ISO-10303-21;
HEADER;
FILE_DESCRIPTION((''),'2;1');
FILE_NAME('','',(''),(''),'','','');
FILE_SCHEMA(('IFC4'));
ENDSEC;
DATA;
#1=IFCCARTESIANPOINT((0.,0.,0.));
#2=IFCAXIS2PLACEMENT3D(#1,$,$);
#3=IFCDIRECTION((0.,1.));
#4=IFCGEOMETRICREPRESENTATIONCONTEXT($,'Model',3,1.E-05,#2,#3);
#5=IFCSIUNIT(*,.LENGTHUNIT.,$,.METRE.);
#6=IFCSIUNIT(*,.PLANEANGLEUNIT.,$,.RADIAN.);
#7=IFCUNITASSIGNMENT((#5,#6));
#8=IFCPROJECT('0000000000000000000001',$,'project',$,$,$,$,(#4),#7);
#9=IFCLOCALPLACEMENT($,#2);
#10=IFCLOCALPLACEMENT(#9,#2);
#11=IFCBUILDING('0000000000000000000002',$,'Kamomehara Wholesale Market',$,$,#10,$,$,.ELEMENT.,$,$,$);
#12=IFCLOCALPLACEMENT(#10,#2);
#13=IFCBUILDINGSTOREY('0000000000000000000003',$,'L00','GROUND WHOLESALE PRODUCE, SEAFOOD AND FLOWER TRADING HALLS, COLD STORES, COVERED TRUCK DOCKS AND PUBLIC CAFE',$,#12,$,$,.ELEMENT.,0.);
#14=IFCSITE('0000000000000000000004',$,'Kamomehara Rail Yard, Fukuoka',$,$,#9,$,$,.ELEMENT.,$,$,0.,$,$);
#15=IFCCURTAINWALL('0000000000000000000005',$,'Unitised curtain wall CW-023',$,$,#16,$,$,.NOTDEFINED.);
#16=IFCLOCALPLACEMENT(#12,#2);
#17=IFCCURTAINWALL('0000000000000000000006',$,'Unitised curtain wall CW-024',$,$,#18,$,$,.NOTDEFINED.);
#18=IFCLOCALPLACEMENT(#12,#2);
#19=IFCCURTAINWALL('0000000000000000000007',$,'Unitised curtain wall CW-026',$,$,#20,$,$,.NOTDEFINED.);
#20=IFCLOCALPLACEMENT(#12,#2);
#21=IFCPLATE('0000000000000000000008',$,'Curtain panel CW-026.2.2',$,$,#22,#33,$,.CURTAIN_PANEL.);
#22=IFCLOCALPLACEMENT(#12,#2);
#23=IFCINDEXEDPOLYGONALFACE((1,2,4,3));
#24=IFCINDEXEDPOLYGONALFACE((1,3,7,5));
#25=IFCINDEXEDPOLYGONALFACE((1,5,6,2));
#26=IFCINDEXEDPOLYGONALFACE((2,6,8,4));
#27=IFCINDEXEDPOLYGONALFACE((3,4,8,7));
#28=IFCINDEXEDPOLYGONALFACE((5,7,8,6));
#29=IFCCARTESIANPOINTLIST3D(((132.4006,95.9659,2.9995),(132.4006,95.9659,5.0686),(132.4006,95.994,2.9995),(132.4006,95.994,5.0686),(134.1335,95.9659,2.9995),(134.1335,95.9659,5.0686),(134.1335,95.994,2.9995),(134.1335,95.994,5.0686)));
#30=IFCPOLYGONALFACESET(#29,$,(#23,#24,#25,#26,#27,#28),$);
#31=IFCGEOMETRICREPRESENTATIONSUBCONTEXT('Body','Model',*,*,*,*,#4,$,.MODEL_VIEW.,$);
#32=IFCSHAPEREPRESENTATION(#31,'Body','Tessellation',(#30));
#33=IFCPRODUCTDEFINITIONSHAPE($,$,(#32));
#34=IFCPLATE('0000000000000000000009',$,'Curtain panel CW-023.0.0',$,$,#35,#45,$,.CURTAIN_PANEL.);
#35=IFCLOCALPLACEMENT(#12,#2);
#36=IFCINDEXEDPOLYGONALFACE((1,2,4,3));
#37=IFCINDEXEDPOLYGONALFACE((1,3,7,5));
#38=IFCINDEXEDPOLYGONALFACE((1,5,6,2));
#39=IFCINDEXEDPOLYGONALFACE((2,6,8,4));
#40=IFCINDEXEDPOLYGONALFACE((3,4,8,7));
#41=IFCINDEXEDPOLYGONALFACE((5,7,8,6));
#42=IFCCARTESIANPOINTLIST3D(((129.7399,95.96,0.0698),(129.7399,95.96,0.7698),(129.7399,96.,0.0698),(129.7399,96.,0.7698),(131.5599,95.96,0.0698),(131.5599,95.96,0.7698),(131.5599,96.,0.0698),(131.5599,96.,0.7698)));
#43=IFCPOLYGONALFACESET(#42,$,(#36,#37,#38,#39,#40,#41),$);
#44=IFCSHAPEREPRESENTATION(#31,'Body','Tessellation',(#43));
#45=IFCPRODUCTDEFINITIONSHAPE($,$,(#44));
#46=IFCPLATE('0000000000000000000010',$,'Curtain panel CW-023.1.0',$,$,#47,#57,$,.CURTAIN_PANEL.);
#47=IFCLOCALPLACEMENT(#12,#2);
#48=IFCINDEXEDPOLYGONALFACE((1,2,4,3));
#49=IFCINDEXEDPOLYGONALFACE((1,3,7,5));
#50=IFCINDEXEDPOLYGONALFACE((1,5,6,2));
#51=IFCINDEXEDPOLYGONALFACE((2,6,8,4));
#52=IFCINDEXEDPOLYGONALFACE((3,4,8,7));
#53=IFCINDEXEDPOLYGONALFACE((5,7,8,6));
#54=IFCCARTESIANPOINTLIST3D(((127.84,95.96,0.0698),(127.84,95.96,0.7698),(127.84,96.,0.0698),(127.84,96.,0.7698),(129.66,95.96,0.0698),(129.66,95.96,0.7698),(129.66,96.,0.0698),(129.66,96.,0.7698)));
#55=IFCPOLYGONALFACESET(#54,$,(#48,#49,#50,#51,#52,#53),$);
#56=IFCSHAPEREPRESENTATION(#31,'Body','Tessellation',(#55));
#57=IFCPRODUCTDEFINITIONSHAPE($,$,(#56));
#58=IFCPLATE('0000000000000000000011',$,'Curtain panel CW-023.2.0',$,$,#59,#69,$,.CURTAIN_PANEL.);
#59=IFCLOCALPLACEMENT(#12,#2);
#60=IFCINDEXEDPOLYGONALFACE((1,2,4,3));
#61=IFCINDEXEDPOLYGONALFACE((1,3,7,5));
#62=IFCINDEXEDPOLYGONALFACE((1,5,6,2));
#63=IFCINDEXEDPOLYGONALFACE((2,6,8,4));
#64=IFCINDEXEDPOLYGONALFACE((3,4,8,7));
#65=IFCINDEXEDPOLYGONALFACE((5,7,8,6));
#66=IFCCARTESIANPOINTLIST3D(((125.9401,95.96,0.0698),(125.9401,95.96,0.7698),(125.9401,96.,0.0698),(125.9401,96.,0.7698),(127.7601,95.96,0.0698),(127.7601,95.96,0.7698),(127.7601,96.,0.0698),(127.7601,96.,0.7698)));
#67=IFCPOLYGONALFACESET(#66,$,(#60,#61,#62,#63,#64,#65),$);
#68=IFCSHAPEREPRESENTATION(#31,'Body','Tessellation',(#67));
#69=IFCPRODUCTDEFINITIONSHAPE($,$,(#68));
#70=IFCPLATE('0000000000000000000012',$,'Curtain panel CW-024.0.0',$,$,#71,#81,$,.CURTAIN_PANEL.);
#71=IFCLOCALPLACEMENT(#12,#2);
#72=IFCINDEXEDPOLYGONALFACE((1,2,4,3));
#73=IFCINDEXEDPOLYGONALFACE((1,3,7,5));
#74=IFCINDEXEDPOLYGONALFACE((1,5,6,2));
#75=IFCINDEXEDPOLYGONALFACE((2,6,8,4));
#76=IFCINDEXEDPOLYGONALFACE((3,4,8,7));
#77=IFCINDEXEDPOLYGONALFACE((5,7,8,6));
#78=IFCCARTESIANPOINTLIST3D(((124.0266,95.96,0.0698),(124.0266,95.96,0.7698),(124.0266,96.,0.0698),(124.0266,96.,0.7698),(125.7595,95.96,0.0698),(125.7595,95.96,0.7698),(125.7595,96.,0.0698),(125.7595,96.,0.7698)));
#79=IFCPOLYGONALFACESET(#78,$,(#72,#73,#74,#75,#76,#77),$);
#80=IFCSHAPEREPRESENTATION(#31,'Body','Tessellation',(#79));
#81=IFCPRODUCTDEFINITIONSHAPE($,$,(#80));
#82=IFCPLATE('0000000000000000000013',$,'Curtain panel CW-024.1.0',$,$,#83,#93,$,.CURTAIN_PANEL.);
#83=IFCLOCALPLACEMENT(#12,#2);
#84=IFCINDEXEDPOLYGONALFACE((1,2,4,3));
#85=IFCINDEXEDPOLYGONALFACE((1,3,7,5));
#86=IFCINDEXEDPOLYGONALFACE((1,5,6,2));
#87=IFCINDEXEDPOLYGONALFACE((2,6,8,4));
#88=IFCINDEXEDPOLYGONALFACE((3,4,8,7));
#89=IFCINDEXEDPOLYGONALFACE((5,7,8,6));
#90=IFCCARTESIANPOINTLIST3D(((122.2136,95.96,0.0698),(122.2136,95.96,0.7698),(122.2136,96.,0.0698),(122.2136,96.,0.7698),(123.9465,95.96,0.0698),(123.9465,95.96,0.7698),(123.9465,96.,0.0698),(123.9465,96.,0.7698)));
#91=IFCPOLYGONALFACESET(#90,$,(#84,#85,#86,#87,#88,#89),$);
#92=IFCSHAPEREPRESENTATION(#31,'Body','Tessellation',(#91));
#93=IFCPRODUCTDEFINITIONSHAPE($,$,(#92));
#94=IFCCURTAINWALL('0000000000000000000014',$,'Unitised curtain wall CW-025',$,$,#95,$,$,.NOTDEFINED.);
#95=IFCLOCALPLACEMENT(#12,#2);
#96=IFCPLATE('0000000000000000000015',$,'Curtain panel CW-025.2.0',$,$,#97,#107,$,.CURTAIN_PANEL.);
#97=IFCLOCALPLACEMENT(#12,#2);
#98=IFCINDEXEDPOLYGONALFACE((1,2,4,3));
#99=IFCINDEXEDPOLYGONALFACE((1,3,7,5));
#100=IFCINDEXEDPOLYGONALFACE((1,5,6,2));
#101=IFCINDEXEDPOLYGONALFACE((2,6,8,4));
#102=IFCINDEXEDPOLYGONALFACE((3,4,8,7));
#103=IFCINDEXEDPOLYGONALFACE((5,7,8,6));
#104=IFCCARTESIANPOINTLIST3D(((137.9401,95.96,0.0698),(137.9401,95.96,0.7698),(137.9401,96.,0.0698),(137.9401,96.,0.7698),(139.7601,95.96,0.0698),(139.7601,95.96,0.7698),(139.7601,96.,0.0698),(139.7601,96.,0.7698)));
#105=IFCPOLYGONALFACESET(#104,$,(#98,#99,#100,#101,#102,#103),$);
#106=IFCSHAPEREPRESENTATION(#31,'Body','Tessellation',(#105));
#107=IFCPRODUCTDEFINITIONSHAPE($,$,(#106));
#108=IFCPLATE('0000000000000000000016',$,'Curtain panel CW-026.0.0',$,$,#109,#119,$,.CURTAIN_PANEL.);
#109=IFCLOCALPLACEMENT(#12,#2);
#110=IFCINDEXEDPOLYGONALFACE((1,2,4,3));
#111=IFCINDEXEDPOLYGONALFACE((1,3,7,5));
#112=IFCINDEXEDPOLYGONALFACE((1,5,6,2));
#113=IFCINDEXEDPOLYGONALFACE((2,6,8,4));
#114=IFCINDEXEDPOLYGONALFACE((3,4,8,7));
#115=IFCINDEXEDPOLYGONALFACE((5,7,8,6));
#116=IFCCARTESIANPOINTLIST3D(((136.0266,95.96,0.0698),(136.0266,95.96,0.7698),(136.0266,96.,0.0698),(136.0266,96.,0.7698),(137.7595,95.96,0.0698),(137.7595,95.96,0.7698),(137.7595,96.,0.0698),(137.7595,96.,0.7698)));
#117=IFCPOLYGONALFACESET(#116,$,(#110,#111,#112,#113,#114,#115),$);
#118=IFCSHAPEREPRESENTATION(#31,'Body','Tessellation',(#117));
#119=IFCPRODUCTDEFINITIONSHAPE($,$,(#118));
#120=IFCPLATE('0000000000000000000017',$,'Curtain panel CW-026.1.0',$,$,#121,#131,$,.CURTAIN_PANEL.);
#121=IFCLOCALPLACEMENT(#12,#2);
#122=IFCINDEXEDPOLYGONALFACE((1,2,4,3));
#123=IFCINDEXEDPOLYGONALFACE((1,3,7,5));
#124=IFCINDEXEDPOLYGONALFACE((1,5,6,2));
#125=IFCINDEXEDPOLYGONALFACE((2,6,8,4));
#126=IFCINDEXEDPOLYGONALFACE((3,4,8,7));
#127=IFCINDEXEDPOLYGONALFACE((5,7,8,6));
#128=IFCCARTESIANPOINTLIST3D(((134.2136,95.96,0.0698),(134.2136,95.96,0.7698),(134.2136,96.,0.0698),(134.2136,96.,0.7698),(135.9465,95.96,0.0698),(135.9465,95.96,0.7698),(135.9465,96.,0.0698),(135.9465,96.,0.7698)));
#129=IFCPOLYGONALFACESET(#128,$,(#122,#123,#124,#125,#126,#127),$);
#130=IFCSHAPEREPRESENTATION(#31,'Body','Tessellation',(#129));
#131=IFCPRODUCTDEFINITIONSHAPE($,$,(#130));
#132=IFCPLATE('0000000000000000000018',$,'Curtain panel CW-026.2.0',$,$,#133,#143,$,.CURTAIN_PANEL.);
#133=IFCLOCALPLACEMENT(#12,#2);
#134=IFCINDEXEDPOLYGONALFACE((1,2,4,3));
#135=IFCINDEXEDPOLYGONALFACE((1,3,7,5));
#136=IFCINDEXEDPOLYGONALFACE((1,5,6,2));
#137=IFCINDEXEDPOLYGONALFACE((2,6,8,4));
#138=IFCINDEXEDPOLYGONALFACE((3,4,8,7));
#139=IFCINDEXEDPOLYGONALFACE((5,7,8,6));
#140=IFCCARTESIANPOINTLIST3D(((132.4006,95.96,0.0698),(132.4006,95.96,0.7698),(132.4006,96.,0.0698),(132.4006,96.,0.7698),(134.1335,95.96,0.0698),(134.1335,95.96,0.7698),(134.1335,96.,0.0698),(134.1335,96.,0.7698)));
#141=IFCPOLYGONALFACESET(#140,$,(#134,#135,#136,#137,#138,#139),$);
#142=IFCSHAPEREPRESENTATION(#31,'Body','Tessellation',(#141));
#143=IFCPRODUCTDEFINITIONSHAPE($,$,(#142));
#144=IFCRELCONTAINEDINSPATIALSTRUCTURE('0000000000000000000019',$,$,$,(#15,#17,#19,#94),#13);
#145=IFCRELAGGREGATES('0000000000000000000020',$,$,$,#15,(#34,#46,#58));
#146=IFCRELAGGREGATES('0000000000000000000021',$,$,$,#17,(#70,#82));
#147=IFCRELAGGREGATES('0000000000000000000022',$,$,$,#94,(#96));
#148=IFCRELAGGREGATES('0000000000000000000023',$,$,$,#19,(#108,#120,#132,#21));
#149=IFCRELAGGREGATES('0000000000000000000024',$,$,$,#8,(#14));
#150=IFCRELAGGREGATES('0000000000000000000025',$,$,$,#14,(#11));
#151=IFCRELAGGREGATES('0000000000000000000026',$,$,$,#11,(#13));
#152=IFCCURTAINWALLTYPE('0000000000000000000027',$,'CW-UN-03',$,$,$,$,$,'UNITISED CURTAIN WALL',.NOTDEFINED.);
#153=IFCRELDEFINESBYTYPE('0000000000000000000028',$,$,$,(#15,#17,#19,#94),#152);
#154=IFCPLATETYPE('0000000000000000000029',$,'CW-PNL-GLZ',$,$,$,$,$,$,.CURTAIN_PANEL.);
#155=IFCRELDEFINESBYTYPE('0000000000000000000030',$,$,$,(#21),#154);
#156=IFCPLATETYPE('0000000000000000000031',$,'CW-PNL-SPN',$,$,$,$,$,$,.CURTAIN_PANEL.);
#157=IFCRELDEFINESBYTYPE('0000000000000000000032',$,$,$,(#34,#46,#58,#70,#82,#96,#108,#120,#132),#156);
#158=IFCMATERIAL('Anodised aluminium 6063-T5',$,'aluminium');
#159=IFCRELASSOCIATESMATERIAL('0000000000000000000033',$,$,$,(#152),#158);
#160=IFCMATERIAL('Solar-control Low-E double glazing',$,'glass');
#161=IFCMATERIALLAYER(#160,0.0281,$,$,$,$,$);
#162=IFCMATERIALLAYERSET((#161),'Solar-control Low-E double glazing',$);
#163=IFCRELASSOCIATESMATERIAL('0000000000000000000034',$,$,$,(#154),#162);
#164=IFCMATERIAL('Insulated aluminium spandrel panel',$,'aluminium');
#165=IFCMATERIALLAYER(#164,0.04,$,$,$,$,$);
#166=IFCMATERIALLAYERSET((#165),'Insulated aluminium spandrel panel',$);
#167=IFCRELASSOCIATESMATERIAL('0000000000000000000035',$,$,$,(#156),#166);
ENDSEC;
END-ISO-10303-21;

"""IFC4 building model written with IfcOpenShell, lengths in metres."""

from ifc_helpers import new_model, si_unit, direction, frame, origin, origin_2d, place, context, subcontext, project, spatial, rectangle, extrude, material, layer, layer_set, type_object, element, aggregate, save


model = new_model("IFC4")

# Units and contexts
model_context = context("Model", 3, precision=1e-05, world=origin(), true_north=direction((0.0, 1.0)))
body_context = subcontext(model_context, "Body", "Model", "MODEL_VIEW")
ifc_project = project(units=[si_unit("LENGTHUNIT", "METRE"), si_unit("PLANEANGLEUNIT", "RADIAN")], contexts=[model_context])

# Site, building, storey
site_placement = place(None, origin())
site = spatial("IfcSite", under=ifc_project, at=site_placement, Name="Kamomehara Rail Yard, Fukuoka", CompositionType="ELEMENT", RefElevation=0.0)
building_placement = place(site_placement, origin())
building = spatial("IfcBuilding", under=site, at=building_placement, Name="Kamomehara Wholesale Market", CompositionType="ELEMENT")
storey_placement = place(building_placement, origin())
storey = spatial("IfcBuildingStorey", under=building, at=storey_placement, Name="L00", Description="GROUND WHOLESALE PRODUCE, SEAFOOD AND FLOWER TRADING HALLS, COLD STORES, COVERED TRUCK DOCKS AND PUBLIC CAFE", CompositionType="ELEMENT", Elevation=0.0)

# Curtain walls, plate
ifc_material_1 = material(Name="Anodised aluminium 6063-T5", Category="aluminium")
curtain_wall_type = type_object("IfcCurtainWallType", Name="CW-UN-03", ElementType="UNITISED CURTAIN WALL", PredefinedType="NOTDEFINED", material=ifc_material_1)
curtain_wall_1_placement = place(storey_placement, origin())
curtain_wall_1 = element("IfcCurtainWall", 1, at=curtain_wall_1_placement, inside=storey, type_object=curtain_wall_type, Name="Unitised curtain wall CW-023", PredefinedType="NOTDEFINED")
ifc_material_2 = material(Name="Solar-control Low-E double glazing", Category="glass")
ifc_layer_1 = layer(ifc_material_2, 0.0281)
ifc_layer_set_1 = layer_set([ifc_layer_1], Name="Solar-control Low-E double glazing")
plate_type_1 = type_object("IfcPlateType", Name="CW-PNL-GLZ", PredefinedType="CURTAIN_PANEL", material=ifc_layer_set_1)
curtain_wall_2_placement = place(storey_placement, origin())
curtain_wall_2 = element("IfcCurtainWall", 2, at=curtain_wall_2_placement, inside=storey, type_object=curtain_wall_type, Name="Unitised curtain wall CW-024", PredefinedType="NOTDEFINED")
curtain_wall_3_placement = place(storey_placement, origin())
curtain_wall_3 = element("IfcCurtainWall", 3, at=curtain_wall_3_placement, inside=storey, type_object=curtain_wall_type, Name="Unitised curtain wall CW-026", PredefinedType="NOTDEFINED")
plate_1_placement = place(storey_placement, frame((133.2671, 95.98, 2.9995), z_axis=(0.0, 0.0, 1.0), x_axis=(-1.0, 0.0, 0.0)))
plate_1 = element("IfcPlate", 4, at=plate_1_placement, type_object=plate_type_1, Name="Curtain panel CW-026.2.2", PredefinedType="CURTAIN_PANEL", context=body_context, shape_type="SweptSolid", body=[
    extrude(rectangle(XDim=1.7329, YDim=0.0281, at=origin_2d()), origin(), (0.0, 0.0, 1.0), 2.0691),
])

# Plates
ifc_material_3 = material(Name="Insulated aluminium spandrel panel", Category="aluminium")
ifc_layer_2 = layer(ifc_material_3, 0.04)
ifc_layer_set_2 = layer_set([ifc_layer_2], Name="Insulated aluminium spandrel panel")
plate_type_2 = type_object("IfcPlateType", Name="CW-PNL-SPN", PredefinedType="CURTAIN_PANEL", material=ifc_layer_set_2)
plate_2_placement = place(storey_placement, frame((130.6499, 95.98, 0.0698), z_axis=(0.0, 0.0, 1.0), x_axis=(-1.0, 0.0, 0.0)))
plate_2 = element("IfcPlate", 5, at=plate_2_placement, type_object=plate_type_2, Name="Curtain panel CW-023.0.0", PredefinedType="CURTAIN_PANEL", context=body_context, shape_type="SweptSolid", body=[
    extrude(rectangle(XDim=1.8201, YDim=0.04, at=origin_2d()), origin(), (0.0, 0.0, 1.0), 0.7),
])
plate_3_placement = place(storey_placement, frame((128.75, 95.98, 0.0698), z_axis=(0.0, 0.0, 1.0), x_axis=(-1.0, 0.0, 0.0)))
plate_3 = element("IfcPlate", 6, at=plate_3_placement, type_object=plate_type_2, Name="Curtain panel CW-023.1.0", PredefinedType="CURTAIN_PANEL", context=body_context, shape_type="SweptSolid", body=[
    extrude(rectangle(XDim=1.8201, YDim=0.04, at=origin_2d()), origin(), (0.0, 0.0, 1.0), 0.7),
])
plate_4_placement = place(storey_placement, frame((126.8501, 95.98, 0.0698), z_axis=(0.0, 0.0, 1.0), x_axis=(-1.0, 0.0, 0.0)))
plate_4 = element("IfcPlate", 7, at=plate_4_placement, type_object=plate_type_2, Name="Curtain panel CW-023.2.0", PredefinedType="CURTAIN_PANEL", context=body_context, shape_type="SweptSolid", body=[
    extrude(rectangle(XDim=1.8201, YDim=0.04, at=origin_2d()), origin(), (0.0, 0.0, 1.0), 0.7),
])
aggregate(curtain_wall_1, [plate_2, plate_3, plate_4])
plate_5_placement = place(storey_placement, frame((124.8931, 95.98, 0.0698), z_axis=(0.0, 0.0, 1.0), x_axis=(-1.0, 0.0, 0.0)))
plate_5 = element("IfcPlate", 8, at=plate_5_placement, type_object=plate_type_2, Name="Curtain panel CW-024.0.0", PredefinedType="CURTAIN_PANEL", context=body_context, shape_type="SweptSolid", body=[
    extrude(rectangle(XDim=1.7329, YDim=0.04, at=origin_2d()), origin(), (0.0, 0.0, 1.0), 0.7),
])
plate_6_placement = place(storey_placement, frame((123.0801, 95.98, 0.0698), z_axis=(0.0, 0.0, 1.0), x_axis=(-1.0, 0.0, 0.0)))
plate_6 = element("IfcPlate", 9, at=plate_6_placement, type_object=plate_type_2, Name="Curtain panel CW-024.1.0", PredefinedType="CURTAIN_PANEL", context=body_context, shape_type="SweptSolid", body=[
    extrude(rectangle(XDim=1.7329, YDim=0.04, at=origin_2d()), origin(), (0.0, 0.0, 1.0), 0.7),
])
aggregate(curtain_wall_2, [plate_5, plate_6])

# Curtain wall, plate
curtain_wall_4_placement = place(storey_placement, origin())
curtain_wall_4 = element("IfcCurtainWall", 10, at=curtain_wall_4_placement, inside=storey, type_object=curtain_wall_type, Name="Unitised curtain wall CW-025", PredefinedType="NOTDEFINED")
plate_7_placement = place(storey_placement, frame((138.8501, 95.98, 0.0698), z_axis=(0.0, 0.0, 1.0), x_axis=(-1.0, 0.0, 0.0)))
plate_7 = element("IfcPlate", 11, at=plate_7_placement, type_object=plate_type_2, Name="Curtain panel CW-025.2.0", PredefinedType="CURTAIN_PANEL", context=body_context, shape_type="SweptSolid", body=[
    extrude(rectangle(XDim=1.8201, YDim=0.04, at=origin_2d()), origin(), (0.0, 0.0, 1.0), 0.7),
])
aggregate(curtain_wall_4, [plate_7])

# Plates
plate_8_placement = place(storey_placement, frame((136.8931, 95.98, 0.0698), z_axis=(0.0, 0.0, 1.0), x_axis=(-1.0, 0.0, 0.0)))
plate_8 = element("IfcPlate", 12, at=plate_8_placement, type_object=plate_type_2, Name="Curtain panel CW-026.0.0", PredefinedType="CURTAIN_PANEL", context=body_context, shape_type="SweptSolid", body=[
    extrude(rectangle(XDim=1.7329, YDim=0.04, at=origin_2d()), origin(), (0.0, 0.0, 1.0), 0.7),
])
plate_9_placement = place(storey_placement, frame((135.0801, 95.98, 0.0698), z_axis=(0.0, 0.0, 1.0), x_axis=(-1.0, 0.0, 0.0)))
plate_9 = element("IfcPlate", 13, at=plate_9_placement, type_object=plate_type_2, Name="Curtain panel CW-026.1.0", PredefinedType="CURTAIN_PANEL", context=body_context, shape_type="SweptSolid", body=[
    extrude(rectangle(XDim=1.7329, YDim=0.04, at=origin_2d()), origin(), (0.0, 0.0, 1.0), 0.7),
])
plate_10_placement = place(storey_placement, frame((133.2671, 95.98, 0.0698), z_axis=(0.0, 0.0, 1.0), x_axis=(-1.0, 0.0, 0.0)))
plate_10 = element("IfcPlate", 14, at=plate_10_placement, type_object=plate_type_2, Name="Curtain panel CW-026.2.0", PredefinedType="CURTAIN_PANEL", context=body_context, shape_type="SweptSolid", body=[
    extrude(rectangle(XDim=1.7329, YDim=0.04, at=origin_2d()), origin(), (0.0, 0.0, 1.0), 0.7),
])
aggregate(curtain_wall_3, [plate_8, plate_9, plate_10, plate_1])

save(model, "model.ifc")
